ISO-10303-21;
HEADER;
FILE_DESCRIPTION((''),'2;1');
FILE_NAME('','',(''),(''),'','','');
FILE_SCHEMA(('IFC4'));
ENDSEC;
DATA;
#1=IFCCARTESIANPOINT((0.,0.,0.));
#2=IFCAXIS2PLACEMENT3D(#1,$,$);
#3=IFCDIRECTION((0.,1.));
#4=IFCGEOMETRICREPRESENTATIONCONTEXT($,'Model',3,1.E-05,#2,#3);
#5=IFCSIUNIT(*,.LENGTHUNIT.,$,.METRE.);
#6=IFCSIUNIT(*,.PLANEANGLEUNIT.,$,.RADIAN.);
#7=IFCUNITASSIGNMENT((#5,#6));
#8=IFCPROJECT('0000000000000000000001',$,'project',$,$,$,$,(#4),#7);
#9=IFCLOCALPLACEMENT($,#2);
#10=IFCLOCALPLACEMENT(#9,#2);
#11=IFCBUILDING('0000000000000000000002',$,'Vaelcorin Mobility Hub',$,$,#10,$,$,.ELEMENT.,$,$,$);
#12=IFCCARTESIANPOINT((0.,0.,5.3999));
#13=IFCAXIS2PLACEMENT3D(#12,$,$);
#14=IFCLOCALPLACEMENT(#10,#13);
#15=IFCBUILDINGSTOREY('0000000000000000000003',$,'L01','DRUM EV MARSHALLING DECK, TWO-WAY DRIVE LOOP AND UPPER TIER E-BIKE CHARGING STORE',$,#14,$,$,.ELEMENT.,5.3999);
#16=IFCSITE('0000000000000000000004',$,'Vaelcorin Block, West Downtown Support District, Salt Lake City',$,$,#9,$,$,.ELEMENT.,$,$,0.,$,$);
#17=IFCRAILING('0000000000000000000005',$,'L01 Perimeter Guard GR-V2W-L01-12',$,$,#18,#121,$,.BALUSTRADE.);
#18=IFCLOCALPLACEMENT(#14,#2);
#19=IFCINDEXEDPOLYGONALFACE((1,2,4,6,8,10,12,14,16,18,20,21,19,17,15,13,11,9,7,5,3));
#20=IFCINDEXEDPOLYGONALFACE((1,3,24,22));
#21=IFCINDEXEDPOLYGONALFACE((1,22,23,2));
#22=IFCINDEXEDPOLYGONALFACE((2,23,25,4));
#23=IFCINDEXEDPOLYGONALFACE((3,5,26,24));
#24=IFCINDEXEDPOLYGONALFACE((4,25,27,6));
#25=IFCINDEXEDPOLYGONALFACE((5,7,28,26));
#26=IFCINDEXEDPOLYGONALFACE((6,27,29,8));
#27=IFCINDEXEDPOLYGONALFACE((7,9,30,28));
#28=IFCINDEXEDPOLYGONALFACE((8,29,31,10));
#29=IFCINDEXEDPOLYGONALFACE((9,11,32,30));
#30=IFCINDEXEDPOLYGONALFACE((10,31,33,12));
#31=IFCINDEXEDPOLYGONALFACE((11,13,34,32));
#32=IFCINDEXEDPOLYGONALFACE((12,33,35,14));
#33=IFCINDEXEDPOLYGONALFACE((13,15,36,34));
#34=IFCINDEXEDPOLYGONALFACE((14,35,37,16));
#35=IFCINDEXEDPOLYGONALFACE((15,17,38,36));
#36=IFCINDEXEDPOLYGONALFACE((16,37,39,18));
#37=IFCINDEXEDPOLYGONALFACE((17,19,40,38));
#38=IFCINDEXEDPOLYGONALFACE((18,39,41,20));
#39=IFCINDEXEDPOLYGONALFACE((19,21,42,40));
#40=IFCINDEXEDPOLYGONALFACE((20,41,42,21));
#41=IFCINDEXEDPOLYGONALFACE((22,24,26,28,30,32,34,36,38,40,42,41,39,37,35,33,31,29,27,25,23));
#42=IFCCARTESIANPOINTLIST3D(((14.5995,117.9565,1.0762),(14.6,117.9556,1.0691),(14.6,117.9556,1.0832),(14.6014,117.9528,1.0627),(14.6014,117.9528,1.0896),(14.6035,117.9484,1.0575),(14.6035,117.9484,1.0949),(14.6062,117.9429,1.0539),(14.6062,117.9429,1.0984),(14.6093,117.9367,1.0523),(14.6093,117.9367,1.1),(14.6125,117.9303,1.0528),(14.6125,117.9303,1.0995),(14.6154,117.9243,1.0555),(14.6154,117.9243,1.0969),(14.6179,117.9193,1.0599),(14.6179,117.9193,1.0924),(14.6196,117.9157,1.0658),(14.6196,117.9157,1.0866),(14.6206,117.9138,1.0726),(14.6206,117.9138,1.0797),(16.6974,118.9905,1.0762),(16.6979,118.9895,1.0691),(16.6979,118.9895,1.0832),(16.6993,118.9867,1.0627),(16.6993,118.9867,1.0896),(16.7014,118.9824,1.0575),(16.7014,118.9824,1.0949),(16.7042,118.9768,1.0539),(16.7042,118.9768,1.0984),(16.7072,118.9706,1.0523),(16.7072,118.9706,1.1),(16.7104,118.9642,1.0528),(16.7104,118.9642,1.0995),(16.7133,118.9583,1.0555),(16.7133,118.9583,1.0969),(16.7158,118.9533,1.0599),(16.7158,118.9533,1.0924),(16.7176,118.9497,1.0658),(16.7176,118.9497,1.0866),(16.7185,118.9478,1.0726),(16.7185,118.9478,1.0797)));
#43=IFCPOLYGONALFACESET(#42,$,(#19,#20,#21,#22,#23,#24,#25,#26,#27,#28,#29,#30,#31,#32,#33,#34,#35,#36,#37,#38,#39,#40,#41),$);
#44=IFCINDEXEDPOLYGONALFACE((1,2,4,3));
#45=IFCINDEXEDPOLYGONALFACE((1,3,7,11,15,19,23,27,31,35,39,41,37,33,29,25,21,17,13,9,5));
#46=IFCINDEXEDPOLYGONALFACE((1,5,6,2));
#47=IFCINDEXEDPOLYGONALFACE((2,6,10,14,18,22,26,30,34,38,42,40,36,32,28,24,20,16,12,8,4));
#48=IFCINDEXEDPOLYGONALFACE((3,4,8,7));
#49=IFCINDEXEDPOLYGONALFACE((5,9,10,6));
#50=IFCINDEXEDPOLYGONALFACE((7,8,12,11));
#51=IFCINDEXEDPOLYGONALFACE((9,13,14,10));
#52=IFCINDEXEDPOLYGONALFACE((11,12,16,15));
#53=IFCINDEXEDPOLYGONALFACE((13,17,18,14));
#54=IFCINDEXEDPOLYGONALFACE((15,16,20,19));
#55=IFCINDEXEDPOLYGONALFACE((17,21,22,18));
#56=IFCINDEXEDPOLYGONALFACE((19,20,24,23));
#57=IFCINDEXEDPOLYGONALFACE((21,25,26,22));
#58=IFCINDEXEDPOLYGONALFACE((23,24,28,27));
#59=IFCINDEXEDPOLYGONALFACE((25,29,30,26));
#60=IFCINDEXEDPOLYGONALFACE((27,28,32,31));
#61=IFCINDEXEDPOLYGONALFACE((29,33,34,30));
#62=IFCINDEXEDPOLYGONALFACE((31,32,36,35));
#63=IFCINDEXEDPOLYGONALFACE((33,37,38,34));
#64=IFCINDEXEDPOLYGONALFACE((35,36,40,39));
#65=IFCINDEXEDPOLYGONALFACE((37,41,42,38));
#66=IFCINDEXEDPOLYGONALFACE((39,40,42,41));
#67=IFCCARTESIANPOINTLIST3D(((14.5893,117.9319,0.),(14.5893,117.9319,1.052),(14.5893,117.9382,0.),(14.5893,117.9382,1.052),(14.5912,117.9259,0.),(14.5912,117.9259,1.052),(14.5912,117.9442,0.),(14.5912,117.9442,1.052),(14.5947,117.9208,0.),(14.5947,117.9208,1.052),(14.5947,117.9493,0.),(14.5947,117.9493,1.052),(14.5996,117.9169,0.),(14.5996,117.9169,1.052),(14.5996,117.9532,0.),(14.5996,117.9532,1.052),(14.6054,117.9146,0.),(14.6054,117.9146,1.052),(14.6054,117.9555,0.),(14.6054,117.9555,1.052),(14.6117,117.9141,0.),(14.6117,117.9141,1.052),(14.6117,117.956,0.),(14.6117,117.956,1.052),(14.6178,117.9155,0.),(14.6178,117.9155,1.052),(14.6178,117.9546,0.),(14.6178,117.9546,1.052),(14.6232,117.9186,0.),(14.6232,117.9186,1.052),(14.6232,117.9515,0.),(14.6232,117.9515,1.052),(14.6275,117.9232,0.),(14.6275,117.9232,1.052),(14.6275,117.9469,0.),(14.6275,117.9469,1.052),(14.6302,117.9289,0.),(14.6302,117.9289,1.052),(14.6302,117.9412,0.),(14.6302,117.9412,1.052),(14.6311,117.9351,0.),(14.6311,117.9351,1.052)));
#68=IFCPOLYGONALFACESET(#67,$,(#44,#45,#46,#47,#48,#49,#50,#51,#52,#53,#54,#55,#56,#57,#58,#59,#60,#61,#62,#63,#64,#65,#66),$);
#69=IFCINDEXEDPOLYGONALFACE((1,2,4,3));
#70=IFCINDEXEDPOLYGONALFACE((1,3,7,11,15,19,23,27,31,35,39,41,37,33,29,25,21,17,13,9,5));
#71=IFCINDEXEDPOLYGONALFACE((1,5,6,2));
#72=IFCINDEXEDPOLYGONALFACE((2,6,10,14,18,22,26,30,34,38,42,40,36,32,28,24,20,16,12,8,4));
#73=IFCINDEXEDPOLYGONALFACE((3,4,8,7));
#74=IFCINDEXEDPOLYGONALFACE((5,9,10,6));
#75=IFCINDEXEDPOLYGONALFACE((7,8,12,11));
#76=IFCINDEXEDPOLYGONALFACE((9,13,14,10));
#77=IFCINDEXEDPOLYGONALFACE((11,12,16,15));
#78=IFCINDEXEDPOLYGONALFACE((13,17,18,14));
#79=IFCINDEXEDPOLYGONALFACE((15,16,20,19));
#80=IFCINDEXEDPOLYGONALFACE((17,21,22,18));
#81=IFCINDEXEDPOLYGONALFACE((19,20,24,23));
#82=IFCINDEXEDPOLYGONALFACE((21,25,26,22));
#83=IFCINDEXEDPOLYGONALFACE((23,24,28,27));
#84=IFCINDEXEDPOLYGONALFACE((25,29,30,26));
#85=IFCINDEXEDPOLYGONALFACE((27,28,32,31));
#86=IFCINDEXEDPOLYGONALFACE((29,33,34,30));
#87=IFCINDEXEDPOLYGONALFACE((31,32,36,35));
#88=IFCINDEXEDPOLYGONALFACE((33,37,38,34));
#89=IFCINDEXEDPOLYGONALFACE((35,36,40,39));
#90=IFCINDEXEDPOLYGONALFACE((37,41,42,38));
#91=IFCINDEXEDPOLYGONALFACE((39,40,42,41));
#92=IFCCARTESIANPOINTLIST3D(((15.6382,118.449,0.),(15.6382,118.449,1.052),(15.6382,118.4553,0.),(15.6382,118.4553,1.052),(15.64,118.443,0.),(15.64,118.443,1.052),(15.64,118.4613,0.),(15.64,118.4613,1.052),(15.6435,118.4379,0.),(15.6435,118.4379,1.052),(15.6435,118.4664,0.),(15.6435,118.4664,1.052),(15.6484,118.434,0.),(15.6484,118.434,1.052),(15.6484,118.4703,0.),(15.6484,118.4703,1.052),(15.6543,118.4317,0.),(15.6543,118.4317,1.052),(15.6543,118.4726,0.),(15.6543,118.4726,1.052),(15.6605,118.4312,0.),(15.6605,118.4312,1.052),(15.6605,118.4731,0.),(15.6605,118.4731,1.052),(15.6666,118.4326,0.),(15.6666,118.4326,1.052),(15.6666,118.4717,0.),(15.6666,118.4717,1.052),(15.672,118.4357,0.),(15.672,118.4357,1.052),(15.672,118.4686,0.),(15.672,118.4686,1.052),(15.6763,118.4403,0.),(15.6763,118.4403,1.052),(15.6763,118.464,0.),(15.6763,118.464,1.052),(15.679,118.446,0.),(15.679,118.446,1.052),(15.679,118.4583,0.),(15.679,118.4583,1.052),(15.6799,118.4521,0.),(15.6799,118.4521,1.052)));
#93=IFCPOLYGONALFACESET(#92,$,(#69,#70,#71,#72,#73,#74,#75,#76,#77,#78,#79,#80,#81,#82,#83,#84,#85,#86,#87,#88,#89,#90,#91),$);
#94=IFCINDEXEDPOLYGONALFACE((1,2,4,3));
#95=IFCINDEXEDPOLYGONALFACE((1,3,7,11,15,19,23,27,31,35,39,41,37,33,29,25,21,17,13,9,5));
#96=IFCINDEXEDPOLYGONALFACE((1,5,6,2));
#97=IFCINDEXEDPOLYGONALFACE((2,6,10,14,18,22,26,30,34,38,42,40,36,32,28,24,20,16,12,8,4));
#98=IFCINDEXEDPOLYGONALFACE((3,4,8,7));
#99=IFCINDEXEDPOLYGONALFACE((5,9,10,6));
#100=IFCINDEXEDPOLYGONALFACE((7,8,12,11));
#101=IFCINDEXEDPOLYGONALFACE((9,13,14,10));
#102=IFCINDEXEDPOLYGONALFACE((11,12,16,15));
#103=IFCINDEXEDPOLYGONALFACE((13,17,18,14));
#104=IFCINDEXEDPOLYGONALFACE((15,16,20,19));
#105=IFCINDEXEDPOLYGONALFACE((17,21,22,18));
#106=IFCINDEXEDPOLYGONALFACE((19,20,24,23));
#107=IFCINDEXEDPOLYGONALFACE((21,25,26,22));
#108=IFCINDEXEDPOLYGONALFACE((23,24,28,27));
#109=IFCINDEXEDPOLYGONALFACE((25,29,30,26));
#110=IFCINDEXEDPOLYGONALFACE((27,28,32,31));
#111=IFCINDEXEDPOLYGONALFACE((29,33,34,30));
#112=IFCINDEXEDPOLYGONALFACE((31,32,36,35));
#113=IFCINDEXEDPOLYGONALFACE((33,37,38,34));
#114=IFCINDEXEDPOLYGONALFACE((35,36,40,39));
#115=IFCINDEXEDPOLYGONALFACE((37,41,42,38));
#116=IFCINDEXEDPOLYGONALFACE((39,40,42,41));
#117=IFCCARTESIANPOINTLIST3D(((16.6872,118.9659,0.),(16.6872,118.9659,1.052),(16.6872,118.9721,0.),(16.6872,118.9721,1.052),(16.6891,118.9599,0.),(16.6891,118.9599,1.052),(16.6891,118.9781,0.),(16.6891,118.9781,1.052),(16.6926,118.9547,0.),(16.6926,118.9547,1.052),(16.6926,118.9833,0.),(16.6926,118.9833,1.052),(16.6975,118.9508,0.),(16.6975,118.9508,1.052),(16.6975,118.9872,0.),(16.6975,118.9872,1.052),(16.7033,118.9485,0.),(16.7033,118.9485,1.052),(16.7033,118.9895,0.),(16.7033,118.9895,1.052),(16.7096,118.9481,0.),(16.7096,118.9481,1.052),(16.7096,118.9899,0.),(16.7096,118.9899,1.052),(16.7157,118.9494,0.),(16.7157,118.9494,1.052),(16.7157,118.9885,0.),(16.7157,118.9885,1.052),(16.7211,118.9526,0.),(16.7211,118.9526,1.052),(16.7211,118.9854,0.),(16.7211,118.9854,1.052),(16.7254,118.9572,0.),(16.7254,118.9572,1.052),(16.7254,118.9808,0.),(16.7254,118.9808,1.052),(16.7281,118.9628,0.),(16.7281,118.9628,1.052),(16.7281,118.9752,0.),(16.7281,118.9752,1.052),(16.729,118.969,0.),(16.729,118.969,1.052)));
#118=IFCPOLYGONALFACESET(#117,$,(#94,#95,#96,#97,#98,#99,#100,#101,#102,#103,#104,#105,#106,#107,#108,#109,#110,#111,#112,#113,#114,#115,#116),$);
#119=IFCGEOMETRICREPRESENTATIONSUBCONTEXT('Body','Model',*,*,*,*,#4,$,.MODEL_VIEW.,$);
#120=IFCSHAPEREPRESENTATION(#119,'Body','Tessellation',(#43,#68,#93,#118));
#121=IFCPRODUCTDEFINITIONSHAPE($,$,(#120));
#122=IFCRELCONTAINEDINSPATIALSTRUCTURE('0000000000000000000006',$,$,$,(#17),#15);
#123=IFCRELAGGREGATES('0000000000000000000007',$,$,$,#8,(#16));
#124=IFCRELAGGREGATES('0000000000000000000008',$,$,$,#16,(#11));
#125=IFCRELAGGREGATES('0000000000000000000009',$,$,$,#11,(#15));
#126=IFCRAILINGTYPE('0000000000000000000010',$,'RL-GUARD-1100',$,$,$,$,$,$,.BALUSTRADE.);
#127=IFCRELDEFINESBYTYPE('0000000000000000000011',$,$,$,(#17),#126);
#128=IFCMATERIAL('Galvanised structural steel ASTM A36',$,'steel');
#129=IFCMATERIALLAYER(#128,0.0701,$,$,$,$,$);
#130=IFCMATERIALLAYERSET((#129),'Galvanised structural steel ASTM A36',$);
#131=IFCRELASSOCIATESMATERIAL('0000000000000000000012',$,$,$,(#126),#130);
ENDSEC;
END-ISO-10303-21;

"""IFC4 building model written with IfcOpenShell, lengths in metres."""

from ifc_helpers import new_model, si_unit, direction, frame, origin, origin_2d, place, context, subcontext, project, spatial, circle, extrude, material, layer, layer_set, type_object, element, save


model = new_model("IFC4")

# Units and contexts
model_context = context("Model", 3, precision=1e-05, world=origin(), true_north=direction((0.0, 1.0)))
body_context = subcontext(model_context, "Body", "Model", "MODEL_VIEW")
ifc_project = project(units=[si_unit("LENGTHUNIT", "METRE"), si_unit("PLANEANGLEUNIT", "RADIAN")], contexts=[model_context])

# Site, building, storey
site_placement = place(None, origin())
site = spatial("IfcSite", under=ifc_project, at=site_placement, Name="Vaelcorin Block, West Downtown Support District, Salt Lake City", CompositionType="ELEMENT", RefElevation=0.0)
building_placement = place(site_placement, origin())
building = spatial("IfcBuilding", under=site, at=building_placement, Name="Vaelcorin Mobility Hub", CompositionType="ELEMENT")
storey_placement = place(building_placement, frame((0.0, 0.0, 5.3999)))
storey = spatial("IfcBuildingStorey", under=building, at=storey_placement, Name="L01", Description="DRUM EV MARSHALLING DECK, TWO-WAY DRIVE LOOP AND UPPER TIER E-BIKE CHARGING STORE", CompositionType="ELEMENT", Elevation=5.3999)

# Railing
ifc_material_1 = material(Name="Galvanised structural steel ASTM A36", Category="steel")
ifc_layer_1 = layer(ifc_material_1, 0.0701)
ifc_layer_set_1 = layer_set([ifc_layer_1], Name="Galvanised structural steel ASTM A36")
railing_type = type_object("IfcRailingType", Name="RL-GUARD-1100", PredefinedType="BALUSTRADE", material=ifc_layer_set_1)
railing_1_placement = place(storey_placement, frame((14.6101, 117.9351, 0.0)))
element("IfcRailing", 1, at=railing_1_placement, inside=storey, type_object=railing_type, Name="L01 Perimeter Guard GR-V2W-L01-12", PredefinedType="BALUSTRADE", context=body_context, shape_type="SweptSolid", body=[
    extrude(circle(Radius=0.0239, at=origin_2d()), frame((0.0, 0.0, 1.0762), z_axis=(0.89698, 0.44207, 0.0), x_axis=(-0.44207, 0.89698, 0.0)), (0.0, 0.0, 1.0), 2.3389),
    extrude(circle(Radius=0.021, at=origin_2d()), origin(), (0.0, 0.0, 1.0), 1.052),
    extrude(circle(Radius=0.021, at=origin_2d()), frame((1.0488, 0.5171, 0.0)), (0.0, 0.0, 1.0), 1.052),
    extrude(circle(Radius=0.021, at=origin_2d()), frame((2.0979, 1.0339, 0.0)), (0.0, 0.0, 1.0), 1.052),
])

save(model, "model.ifc")
